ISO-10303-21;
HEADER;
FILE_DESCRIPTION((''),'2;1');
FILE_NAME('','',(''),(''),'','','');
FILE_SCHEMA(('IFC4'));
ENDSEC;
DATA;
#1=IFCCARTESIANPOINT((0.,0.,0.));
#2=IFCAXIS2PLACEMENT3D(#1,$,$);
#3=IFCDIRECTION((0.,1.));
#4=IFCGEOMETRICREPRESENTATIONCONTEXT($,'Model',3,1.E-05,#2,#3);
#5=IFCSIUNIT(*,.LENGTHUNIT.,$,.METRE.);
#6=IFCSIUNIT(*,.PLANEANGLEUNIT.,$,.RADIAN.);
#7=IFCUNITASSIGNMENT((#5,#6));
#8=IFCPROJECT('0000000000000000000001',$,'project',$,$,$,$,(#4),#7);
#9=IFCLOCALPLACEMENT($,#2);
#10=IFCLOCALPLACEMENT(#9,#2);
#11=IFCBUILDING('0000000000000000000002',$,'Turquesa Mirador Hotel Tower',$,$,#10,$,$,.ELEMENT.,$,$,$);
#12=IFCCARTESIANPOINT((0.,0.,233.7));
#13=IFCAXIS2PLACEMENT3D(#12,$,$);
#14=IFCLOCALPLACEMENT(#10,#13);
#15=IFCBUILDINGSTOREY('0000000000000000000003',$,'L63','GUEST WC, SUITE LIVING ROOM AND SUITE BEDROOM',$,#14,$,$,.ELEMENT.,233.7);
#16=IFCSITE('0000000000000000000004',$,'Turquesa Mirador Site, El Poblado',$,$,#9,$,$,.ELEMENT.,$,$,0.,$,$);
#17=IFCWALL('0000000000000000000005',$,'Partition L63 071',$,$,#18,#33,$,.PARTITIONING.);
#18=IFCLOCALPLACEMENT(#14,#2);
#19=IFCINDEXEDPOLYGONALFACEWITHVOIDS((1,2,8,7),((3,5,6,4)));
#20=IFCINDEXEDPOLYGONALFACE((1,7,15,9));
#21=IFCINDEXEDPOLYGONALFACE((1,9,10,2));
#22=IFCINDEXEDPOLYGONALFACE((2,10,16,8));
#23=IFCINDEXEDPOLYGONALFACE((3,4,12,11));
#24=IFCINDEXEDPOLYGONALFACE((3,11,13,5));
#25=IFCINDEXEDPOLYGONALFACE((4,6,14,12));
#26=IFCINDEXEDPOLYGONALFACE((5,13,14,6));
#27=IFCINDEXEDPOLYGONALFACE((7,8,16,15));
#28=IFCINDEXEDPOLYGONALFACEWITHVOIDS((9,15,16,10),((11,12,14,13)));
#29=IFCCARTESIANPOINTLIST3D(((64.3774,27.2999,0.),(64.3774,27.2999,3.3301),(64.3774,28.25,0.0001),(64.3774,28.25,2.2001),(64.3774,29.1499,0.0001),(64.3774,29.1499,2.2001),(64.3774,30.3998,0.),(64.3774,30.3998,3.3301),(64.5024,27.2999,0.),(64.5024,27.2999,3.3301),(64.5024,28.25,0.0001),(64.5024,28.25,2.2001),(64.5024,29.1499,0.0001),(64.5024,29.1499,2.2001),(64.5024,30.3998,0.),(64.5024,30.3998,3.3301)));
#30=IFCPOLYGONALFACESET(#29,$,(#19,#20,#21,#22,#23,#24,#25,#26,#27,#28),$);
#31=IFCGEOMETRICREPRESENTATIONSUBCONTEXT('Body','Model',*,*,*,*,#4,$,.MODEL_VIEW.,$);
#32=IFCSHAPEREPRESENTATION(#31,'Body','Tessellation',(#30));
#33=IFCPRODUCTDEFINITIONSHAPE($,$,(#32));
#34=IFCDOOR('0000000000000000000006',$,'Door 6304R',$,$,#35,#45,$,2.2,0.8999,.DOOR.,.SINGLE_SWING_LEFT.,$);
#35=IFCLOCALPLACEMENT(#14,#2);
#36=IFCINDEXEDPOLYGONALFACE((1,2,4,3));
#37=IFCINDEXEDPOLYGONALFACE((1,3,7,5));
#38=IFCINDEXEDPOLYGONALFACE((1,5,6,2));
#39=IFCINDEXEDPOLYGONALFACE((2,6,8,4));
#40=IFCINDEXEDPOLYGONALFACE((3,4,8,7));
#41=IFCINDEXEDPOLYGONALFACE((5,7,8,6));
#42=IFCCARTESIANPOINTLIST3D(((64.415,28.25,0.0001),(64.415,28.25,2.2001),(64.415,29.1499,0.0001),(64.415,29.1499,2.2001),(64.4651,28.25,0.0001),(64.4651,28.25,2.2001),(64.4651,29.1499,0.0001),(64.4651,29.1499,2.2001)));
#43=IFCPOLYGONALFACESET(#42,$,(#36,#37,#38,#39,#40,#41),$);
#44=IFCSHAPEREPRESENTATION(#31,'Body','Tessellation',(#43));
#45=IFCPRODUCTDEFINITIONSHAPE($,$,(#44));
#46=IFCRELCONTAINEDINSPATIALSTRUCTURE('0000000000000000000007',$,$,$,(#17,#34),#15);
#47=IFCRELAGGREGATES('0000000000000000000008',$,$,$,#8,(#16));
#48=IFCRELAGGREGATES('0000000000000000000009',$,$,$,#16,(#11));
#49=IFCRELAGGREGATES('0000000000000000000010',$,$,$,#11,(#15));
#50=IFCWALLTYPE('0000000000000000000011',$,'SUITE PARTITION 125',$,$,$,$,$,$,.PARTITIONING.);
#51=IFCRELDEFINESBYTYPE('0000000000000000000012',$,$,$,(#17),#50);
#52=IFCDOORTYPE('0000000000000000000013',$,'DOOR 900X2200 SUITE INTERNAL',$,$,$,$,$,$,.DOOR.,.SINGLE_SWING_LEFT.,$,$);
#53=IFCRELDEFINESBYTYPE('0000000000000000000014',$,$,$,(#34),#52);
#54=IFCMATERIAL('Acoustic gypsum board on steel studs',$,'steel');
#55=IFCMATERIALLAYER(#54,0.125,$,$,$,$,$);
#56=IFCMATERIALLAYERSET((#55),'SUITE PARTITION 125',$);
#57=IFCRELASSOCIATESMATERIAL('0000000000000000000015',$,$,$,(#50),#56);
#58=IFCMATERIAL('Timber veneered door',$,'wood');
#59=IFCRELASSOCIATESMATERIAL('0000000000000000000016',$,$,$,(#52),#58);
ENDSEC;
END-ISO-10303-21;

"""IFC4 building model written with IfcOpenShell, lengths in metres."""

from ifc_helpers import new_model, si_unit, direction, frame, frame_2d, origin, place, context, subcontext, project, spatial, rectangle, extrude, material, layer, layer_set, type_object, element, fill, save


model = new_model("IFC4")

# Units and contexts
model_context = context("Model", 3, precision=1e-05, world=origin(), true_north=direction((0.0, 1.0)))
body_context = subcontext(model_context, "Body", "Model", "MODEL_VIEW")
ifc_project = project(units=[si_unit("LENGTHUNIT", "METRE"), si_unit("PLANEANGLEUNIT", "RADIAN")], contexts=[model_context])

# Site, building, storey
site_placement = place(None, origin())
site = spatial("IfcSite", under=ifc_project, at=site_placement, Name="Turquesa Mirador Site, El Poblado", CompositionType="ELEMENT", RefElevation=0.0)
building_placement = place(site_placement, origin())
building = spatial("IfcBuilding", under=site, at=building_placement, Name="Turquesa Mirador Hotel Tower", CompositionType="ELEMENT")
storey_placement = place(building_placement, frame((0.0, 0.0, 233.7)))
storey = spatial("IfcBuildingStorey", under=building, at=storey_placement, Name="L63", Description="GUEST WC, SUITE LIVING ROOM AND SUITE BEDROOM", CompositionType="ELEMENT", Elevation=233.7)

# Wall, opening, door
ifc_material_1 = material(Name="Acoustic gypsum board on steel studs", Category="steel")
ifc_layer_1 = layer(ifc_material_1, 0.125)
ifc_layer_set_1 = layer_set([ifc_layer_1], Name="SUITE PARTITION 125")
wall_type_1 = type_object("IfcWallType", Name="SUITE PARTITION 125", PredefinedType="PARTITIONING", material=ifc_layer_set_1)
wall_1_placement = place(storey_placement, frame((64.4399, 27.3, 0.0), z_axis=(0.0, 0.0, 1.0), x_axis=(0.0, 1.0, 0.0)))
wall_1 = element("IfcWall", 1, at=wall_1_placement, inside=storey, type_object=wall_type_1, Name="Partition L63 071", PredefinedType="PARTITIONING", context=body_context, shape_type="SweptSolid", body=[
    extrude(rectangle(XDim=3.0999, YDim=0.125, at=frame_2d((1.5498, 0.0))), origin(), (0.0, 0.0, 1.0), 3.3301),
])
opening_placement = place(wall_1_placement, frame((0.95, 0.0, 0.0)))
opening = element("IfcOpeningElement", 2, at=opening_placement, cuts=wall_1, PredefinedType="OPENING", context=body_context, shape_type="SweptSolid", body=[
    extrude(rectangle(XDim=0.8999, YDim=2.2, at=frame_2d((0.45, 1.1001))), frame((0.0, 0.0725, 0.0), z_axis=(0.0, -1.0, 0.0), x_axis=(1.0, 0.0, 0.0)), (0.0, 0.0, 1.0), 0.145),
])
ifc_material_2 = material(Name="Timber veneered door", Category="wood")
door_type = type_object("IfcDoorType", Name="DOOR 900X2200 SUITE INTERNAL", OperationType="SINGLE_SWING_LEFT", PredefinedType="DOOR", material=ifc_material_2)
door_placement = place(opening_placement, origin())
door = element("IfcDoor", 3, at=door_placement, inside=storey, type_object=door_type, Name="Door 6304R", OperationType="SINGLE_SWING_LEFT", OverallHeight=2.2, OverallWidth=0.8999, PredefinedType="DOOR", context=body_context, shape_type="SweptSolid", body=[
    extrude(rectangle(XDim=0.8999, YDim=2.2, at=frame_2d((0.45, 1.1001))), frame((0.0, 0.0249, 0.0), z_axis=(0.0, -1.0, 0.0), x_axis=(1.0, 0.0, 0.0)), (0.0, 0.0, 1.0), 0.05),
])
fill(opening, door)

save(model, "model.ifc")
